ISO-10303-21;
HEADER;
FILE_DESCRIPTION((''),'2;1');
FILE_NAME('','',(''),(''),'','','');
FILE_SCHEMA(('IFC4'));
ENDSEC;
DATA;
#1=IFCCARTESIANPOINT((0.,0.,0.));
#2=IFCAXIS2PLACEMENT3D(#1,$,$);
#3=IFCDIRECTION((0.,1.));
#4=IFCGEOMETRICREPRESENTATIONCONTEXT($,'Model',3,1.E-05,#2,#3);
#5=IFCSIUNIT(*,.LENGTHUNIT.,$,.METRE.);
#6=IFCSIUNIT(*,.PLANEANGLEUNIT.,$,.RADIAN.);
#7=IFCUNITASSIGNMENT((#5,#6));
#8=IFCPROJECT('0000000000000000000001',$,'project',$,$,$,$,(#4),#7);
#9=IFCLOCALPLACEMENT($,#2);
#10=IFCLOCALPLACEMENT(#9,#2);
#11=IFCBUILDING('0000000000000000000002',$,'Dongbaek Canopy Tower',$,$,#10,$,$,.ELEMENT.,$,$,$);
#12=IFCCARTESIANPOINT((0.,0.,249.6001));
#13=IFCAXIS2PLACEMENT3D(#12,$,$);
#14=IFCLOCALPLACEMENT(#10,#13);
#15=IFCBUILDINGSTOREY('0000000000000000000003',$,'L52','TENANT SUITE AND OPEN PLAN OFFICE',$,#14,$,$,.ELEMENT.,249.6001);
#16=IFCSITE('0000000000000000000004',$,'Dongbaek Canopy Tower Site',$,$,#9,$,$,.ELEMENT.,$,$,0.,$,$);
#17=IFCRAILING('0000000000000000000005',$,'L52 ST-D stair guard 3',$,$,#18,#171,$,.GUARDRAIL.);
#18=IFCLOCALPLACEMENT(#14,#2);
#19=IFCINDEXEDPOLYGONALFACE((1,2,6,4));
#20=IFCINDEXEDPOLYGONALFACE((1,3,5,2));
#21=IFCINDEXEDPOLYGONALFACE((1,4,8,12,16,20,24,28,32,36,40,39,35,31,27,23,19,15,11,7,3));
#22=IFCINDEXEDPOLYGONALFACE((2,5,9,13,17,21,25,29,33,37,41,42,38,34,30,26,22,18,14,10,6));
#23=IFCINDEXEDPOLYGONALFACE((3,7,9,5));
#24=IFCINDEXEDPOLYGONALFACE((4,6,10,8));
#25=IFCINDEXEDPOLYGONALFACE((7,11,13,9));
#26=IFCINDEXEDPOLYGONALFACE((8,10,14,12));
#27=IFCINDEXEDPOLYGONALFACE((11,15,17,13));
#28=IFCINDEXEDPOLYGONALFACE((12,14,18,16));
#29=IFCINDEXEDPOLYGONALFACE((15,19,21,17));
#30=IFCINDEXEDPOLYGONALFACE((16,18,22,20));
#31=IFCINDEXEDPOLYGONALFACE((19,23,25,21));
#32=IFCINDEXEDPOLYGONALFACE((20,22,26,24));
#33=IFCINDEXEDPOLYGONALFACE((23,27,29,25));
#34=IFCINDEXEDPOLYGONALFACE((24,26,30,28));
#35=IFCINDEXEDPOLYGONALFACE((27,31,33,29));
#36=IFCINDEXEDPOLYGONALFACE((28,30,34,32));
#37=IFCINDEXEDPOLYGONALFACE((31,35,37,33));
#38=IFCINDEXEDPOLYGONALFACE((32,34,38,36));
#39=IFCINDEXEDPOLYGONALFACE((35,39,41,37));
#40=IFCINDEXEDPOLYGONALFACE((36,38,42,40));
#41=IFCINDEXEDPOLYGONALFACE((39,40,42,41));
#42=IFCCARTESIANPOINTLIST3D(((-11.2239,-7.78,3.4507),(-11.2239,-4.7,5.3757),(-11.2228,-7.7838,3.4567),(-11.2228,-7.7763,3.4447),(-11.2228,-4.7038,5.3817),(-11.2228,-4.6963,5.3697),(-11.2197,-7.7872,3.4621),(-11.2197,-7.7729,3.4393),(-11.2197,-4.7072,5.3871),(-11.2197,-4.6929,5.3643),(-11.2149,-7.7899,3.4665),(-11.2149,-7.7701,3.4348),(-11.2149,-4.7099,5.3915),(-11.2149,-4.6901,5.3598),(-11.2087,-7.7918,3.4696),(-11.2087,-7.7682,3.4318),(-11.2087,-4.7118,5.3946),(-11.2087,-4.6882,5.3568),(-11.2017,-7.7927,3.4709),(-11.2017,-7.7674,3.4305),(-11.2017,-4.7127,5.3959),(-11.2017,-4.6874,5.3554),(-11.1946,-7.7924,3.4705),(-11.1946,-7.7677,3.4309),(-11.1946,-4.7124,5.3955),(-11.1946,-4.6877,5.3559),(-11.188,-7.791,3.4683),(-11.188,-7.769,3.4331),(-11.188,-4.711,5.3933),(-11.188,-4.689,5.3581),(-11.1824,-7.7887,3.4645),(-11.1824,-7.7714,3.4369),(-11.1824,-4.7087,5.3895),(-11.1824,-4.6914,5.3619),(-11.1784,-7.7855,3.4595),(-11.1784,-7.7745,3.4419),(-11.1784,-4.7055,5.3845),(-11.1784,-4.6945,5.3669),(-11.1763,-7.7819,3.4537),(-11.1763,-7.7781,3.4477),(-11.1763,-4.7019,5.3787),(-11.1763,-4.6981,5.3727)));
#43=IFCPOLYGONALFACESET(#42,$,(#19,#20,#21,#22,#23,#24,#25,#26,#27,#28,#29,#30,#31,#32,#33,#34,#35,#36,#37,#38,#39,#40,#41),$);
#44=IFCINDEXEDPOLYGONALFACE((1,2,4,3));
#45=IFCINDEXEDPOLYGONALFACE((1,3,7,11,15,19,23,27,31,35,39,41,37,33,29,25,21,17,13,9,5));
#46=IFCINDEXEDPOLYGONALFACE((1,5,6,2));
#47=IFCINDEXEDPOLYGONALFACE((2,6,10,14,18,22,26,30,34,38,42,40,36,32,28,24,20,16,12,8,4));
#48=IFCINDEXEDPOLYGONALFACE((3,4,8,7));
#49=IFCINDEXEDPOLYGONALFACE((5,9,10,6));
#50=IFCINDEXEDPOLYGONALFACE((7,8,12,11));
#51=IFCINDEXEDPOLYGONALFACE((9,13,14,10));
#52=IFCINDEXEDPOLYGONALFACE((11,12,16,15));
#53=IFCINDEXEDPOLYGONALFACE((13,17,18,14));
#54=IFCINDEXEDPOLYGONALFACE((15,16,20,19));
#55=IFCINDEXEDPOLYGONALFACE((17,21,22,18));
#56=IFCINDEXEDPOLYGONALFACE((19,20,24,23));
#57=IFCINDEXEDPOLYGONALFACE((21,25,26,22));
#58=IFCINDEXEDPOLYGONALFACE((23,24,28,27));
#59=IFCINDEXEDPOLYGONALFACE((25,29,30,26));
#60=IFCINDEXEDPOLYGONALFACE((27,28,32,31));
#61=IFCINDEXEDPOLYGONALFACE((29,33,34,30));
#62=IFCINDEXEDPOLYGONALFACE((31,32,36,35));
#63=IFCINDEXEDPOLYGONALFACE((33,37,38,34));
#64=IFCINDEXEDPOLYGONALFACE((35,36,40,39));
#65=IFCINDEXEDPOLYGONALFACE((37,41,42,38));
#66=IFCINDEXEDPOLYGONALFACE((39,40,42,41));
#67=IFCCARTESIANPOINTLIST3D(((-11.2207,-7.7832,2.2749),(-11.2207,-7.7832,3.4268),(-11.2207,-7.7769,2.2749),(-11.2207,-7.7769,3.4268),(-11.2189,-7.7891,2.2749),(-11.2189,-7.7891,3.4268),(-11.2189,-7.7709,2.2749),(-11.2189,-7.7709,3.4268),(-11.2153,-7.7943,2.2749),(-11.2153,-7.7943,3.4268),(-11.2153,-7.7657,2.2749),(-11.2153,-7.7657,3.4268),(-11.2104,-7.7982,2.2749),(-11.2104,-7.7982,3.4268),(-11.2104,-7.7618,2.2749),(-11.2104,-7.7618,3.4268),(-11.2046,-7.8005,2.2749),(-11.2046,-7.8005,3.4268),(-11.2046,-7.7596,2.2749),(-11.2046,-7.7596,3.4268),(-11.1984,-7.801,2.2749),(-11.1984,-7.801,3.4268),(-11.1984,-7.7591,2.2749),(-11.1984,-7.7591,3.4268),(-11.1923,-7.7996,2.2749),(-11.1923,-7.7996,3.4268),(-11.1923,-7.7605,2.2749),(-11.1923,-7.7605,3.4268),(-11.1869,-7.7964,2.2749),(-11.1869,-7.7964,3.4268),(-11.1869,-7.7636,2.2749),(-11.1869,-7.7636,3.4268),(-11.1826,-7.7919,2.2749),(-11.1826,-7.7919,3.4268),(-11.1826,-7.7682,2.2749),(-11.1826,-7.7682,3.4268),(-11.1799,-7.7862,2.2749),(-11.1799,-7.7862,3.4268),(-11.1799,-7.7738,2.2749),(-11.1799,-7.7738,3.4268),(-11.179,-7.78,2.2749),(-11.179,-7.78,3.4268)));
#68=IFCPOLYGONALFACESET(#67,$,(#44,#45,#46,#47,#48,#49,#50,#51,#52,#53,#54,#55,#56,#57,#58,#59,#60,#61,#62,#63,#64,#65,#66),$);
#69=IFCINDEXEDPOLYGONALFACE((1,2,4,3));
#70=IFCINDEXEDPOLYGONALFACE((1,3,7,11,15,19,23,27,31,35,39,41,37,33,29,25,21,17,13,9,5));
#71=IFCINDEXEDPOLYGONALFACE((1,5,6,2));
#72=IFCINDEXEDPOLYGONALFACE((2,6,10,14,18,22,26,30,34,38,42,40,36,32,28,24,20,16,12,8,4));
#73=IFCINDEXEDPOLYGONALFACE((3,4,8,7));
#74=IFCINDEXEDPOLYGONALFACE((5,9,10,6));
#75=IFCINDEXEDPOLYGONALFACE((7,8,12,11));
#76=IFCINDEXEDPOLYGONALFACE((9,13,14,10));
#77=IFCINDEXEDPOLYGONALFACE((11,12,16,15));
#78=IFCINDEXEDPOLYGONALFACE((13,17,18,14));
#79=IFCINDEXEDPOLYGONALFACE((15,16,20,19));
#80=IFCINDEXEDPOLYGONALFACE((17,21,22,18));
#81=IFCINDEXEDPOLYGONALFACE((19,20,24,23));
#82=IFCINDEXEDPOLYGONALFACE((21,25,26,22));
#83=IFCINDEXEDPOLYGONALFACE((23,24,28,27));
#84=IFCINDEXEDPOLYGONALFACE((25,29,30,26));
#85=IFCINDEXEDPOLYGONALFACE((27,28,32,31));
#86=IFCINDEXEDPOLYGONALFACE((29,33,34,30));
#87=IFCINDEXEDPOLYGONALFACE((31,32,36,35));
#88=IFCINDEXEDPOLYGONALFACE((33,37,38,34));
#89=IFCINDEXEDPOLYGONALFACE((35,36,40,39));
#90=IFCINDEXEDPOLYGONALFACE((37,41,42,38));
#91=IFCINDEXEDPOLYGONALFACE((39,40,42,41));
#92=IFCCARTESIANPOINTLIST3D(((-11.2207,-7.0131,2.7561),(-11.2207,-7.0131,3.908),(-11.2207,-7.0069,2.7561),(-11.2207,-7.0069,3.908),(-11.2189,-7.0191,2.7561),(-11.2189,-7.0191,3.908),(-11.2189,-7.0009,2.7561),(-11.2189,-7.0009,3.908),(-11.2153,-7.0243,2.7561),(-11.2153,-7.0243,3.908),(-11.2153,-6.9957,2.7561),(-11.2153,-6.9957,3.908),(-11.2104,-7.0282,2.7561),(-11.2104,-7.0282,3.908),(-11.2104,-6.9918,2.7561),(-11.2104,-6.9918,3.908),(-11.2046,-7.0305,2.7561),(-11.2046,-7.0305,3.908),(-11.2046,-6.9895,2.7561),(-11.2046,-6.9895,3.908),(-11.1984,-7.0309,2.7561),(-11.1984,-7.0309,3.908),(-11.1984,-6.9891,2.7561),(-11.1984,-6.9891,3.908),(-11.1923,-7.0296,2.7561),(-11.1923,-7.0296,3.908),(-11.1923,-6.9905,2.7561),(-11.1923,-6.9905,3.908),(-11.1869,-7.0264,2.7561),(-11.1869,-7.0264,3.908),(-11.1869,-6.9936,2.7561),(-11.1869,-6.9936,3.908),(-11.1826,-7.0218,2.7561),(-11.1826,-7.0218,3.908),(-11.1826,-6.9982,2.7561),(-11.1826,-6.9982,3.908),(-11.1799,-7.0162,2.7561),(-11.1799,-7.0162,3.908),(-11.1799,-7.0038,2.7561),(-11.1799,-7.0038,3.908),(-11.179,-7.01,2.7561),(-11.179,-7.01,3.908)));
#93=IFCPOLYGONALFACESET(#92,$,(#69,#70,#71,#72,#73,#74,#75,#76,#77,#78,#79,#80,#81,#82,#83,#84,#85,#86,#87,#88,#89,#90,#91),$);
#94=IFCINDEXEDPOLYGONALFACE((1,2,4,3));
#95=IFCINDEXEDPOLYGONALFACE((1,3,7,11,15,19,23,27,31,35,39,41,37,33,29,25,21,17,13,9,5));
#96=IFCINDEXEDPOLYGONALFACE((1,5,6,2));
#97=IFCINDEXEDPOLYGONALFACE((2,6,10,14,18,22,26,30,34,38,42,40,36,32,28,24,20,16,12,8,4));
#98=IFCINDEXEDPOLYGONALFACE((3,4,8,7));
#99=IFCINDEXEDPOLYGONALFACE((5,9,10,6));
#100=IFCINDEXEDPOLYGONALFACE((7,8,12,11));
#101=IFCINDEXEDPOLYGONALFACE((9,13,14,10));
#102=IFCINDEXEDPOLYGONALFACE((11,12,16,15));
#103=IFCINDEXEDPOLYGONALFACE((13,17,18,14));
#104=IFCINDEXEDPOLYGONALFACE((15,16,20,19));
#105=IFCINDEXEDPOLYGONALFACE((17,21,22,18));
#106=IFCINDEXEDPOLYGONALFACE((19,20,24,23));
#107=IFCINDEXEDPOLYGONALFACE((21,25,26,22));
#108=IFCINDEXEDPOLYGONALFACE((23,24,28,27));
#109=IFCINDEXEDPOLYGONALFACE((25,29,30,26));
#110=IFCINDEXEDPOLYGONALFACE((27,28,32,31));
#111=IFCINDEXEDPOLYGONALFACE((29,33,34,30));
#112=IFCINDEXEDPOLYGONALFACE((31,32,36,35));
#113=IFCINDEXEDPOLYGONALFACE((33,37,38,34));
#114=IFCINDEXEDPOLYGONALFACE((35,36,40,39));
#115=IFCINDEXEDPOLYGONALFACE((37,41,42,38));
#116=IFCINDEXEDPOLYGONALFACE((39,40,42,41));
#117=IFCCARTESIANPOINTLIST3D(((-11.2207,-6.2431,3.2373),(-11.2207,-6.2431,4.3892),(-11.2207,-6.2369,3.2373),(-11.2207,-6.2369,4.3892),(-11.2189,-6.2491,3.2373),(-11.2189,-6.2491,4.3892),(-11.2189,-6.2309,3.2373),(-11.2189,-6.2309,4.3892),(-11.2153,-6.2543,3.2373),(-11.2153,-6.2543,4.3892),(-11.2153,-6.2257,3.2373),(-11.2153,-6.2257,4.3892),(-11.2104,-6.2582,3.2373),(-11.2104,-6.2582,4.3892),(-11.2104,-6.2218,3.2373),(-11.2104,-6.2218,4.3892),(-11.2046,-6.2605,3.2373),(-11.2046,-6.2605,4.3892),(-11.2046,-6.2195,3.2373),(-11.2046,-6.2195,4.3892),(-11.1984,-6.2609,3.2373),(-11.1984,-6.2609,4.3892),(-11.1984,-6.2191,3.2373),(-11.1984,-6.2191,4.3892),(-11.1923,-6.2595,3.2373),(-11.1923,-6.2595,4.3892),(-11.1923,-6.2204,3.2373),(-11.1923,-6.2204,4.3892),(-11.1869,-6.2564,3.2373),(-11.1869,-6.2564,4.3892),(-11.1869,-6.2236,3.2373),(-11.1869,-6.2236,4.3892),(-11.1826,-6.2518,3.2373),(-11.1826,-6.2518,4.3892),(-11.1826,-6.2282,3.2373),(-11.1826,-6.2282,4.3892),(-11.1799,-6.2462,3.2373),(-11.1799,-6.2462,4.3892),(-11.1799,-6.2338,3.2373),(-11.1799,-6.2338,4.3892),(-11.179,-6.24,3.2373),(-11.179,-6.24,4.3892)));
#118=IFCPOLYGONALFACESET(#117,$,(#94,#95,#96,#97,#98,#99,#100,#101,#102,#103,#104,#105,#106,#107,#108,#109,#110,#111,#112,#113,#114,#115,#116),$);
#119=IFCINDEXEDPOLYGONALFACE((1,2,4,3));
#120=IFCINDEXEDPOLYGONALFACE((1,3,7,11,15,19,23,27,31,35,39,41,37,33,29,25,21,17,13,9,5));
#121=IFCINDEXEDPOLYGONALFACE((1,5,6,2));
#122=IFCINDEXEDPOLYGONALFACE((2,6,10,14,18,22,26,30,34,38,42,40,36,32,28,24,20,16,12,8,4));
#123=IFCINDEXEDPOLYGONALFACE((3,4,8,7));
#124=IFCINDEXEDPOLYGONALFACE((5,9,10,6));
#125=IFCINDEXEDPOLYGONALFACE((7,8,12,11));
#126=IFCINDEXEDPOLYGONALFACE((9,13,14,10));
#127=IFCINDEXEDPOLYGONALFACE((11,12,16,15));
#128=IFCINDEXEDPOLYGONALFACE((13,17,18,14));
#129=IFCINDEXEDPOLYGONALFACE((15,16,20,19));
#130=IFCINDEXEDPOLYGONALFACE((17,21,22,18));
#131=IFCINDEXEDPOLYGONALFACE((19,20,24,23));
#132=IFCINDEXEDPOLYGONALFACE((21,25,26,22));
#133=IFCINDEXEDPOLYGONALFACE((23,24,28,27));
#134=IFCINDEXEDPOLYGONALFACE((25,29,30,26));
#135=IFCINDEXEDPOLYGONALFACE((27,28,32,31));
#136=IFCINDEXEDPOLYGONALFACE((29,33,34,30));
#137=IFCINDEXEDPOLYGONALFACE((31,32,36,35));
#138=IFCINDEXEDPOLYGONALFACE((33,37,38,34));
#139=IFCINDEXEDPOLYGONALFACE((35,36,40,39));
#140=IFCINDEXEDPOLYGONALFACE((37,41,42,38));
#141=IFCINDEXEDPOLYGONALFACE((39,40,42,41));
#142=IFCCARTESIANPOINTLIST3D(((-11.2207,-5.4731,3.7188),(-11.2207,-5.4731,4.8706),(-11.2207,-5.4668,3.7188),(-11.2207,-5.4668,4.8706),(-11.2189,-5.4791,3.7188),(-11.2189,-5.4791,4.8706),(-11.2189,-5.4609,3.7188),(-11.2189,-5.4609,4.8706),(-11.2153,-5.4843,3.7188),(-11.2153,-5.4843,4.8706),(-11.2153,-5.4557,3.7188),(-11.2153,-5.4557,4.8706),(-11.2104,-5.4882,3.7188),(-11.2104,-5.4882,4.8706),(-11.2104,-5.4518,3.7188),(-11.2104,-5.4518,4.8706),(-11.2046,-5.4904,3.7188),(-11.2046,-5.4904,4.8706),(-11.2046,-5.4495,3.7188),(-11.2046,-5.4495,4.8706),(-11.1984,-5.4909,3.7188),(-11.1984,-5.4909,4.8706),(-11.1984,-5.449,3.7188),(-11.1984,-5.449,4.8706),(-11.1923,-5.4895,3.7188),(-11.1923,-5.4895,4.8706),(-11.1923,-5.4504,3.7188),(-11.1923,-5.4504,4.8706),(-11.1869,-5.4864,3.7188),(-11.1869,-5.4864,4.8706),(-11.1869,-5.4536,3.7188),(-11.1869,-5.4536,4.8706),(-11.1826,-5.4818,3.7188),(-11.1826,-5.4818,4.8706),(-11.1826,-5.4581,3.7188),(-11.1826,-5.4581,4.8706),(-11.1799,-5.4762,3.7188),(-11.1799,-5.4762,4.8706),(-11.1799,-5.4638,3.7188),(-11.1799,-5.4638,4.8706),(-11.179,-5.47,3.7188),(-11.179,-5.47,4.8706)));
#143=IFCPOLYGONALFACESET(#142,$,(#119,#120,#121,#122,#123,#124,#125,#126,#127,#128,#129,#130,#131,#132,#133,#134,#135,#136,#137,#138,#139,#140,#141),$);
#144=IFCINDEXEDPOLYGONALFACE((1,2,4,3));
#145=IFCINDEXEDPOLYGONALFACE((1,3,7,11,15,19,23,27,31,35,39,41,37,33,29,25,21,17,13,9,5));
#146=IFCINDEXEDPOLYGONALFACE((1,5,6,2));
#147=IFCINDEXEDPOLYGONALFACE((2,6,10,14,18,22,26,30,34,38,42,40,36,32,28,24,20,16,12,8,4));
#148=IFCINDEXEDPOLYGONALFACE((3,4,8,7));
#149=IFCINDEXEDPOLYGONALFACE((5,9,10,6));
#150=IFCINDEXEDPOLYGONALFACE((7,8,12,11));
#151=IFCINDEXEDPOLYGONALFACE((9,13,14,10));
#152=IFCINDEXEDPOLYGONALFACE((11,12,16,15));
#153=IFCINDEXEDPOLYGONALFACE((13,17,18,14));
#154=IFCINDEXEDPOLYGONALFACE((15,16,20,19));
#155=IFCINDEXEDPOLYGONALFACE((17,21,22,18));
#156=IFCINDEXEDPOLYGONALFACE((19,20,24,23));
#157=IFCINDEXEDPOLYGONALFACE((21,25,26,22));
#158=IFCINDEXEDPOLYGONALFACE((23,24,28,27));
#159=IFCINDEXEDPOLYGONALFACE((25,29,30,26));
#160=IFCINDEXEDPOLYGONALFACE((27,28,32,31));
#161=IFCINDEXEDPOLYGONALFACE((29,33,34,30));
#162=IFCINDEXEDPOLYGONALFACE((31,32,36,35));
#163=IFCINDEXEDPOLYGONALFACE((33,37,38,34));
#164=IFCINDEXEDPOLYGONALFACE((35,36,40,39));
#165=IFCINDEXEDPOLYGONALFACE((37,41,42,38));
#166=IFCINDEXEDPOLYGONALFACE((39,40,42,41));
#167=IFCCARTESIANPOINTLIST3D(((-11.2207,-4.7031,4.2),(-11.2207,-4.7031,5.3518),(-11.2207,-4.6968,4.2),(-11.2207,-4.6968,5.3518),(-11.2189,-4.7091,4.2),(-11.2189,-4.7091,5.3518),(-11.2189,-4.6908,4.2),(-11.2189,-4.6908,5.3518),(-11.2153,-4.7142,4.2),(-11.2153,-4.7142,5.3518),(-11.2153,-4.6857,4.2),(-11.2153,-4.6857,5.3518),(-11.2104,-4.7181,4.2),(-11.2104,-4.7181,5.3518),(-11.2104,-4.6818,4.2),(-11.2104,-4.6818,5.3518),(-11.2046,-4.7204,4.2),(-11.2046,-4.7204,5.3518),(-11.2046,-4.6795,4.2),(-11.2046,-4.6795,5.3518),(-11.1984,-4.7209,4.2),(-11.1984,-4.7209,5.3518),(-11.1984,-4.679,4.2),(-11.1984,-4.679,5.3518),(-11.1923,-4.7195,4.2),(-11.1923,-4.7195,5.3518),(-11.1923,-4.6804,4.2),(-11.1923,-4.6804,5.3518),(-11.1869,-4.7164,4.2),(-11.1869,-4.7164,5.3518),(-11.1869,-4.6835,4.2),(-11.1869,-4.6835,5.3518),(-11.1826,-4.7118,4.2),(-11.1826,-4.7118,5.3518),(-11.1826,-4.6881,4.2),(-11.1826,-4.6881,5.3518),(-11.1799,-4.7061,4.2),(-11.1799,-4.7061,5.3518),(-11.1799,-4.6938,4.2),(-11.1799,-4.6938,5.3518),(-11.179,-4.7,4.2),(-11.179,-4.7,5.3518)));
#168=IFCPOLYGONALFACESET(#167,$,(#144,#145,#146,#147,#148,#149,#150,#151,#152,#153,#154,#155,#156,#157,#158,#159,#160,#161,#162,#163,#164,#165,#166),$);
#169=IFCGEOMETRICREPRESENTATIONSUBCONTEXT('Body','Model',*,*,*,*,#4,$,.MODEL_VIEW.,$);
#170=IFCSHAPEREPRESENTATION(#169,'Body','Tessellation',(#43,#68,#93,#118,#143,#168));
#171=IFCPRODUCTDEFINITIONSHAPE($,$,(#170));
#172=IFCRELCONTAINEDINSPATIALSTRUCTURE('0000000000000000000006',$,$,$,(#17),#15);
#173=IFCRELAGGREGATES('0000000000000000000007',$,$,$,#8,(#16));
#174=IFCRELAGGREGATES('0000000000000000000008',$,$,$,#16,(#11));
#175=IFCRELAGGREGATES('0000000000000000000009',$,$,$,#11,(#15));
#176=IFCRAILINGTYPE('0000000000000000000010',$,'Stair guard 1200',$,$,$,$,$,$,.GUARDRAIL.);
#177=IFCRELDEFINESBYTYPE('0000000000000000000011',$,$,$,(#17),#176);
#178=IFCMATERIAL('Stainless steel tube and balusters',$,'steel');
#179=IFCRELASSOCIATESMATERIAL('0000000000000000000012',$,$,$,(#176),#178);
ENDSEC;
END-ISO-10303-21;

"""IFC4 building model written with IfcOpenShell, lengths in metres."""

from ifc_helpers import new_model, si_unit, direction, frame, origin, origin_2d, place, context, subcontext, project, spatial, circle, extrude, material, type_object, element, save


model = new_model("IFC4")

# Units and contexts
model_context = context("Model", 3, precision=1e-05, world=origin(), true_north=direction((0.0, 1.0)))
body_context = subcontext(model_context, "Body", "Model", "MODEL_VIEW")
ifc_project = project(units=[si_unit("LENGTHUNIT", "METRE"), si_unit("PLANEANGLEUNIT", "RADIAN")], contexts=[model_context])

# Site, building, storey
site_placement = place(None, origin())
site = spatial("IfcSite", under=ifc_project, at=site_placement, Name="Dongbaek Canopy Tower Site", CompositionType="ELEMENT", RefElevation=0.0)
building_placement = place(site_placement, origin())
building = spatial("IfcBuilding", under=site, at=building_placement, Name="Dongbaek Canopy Tower", CompositionType="ELEMENT")
storey_placement = place(building_placement, frame((0.0, 0.0, 249.6001)))
storey = spatial("IfcBuildingStorey", under=building, at=storey_placement, Name="L52", Description="TENANT SUITE AND OPEN PLAN OFFICE", CompositionType="ELEMENT", Elevation=249.6001)

# Railing
ifc_material_1 = material(Name="Stainless steel tube and balusters", Category="steel")
railing_type_1 = type_object("IfcRailingType", Name="Stair guard 1200", PredefinedType="GUARDRAIL", material=ifc_material_1)
railing_1_placement = place(storey_placement, frame((-11.2, -7.78, 2.2749)))
element("IfcRailing", 1, at=railing_1_placement, inside=storey, type_object=railing_type_1, Name="L52 ST-D stair guard 3", PredefinedType="GUARDRAIL", context=body_context, shape_type="SweptSolid", body=[
    extrude(circle(Radius=0.0239, at=origin_2d()), frame((0.0, 0.0, 1.1758), z_axis=(0.0, 0.847998, 0.529999), x_axis=(-1.0, 0.0, 0.0)), (0.0, 0.0, 1.0), 3.6321),
    extrude(circle(Radius=0.021, at=origin_2d()), origin(), (0.0, 0.0, 1.0), 1.1519),
    extrude(circle(Radius=0.021, at=origin_2d()), frame((0.0, 0.77, 0.4812)), (0.0, 0.0, 1.0), 1.1519),
    extrude(circle(Radius=0.021, at=origin_2d()), frame((0.0, 1.54, 0.9624)), (0.0, 0.0, 1.0), 1.1519),
    extrude(circle(Radius=0.021, at=origin_2d()), frame((0.0, 2.3101, 1.4438)), (0.0, 0.0, 1.0), 1.1519),
    extrude(circle(Radius=0.021, at=origin_2d()), frame((0.0, 3.0801, 1.925)), (0.0, 0.0, 1.0), 1.1519),
])

save(model, "model.ifc")
